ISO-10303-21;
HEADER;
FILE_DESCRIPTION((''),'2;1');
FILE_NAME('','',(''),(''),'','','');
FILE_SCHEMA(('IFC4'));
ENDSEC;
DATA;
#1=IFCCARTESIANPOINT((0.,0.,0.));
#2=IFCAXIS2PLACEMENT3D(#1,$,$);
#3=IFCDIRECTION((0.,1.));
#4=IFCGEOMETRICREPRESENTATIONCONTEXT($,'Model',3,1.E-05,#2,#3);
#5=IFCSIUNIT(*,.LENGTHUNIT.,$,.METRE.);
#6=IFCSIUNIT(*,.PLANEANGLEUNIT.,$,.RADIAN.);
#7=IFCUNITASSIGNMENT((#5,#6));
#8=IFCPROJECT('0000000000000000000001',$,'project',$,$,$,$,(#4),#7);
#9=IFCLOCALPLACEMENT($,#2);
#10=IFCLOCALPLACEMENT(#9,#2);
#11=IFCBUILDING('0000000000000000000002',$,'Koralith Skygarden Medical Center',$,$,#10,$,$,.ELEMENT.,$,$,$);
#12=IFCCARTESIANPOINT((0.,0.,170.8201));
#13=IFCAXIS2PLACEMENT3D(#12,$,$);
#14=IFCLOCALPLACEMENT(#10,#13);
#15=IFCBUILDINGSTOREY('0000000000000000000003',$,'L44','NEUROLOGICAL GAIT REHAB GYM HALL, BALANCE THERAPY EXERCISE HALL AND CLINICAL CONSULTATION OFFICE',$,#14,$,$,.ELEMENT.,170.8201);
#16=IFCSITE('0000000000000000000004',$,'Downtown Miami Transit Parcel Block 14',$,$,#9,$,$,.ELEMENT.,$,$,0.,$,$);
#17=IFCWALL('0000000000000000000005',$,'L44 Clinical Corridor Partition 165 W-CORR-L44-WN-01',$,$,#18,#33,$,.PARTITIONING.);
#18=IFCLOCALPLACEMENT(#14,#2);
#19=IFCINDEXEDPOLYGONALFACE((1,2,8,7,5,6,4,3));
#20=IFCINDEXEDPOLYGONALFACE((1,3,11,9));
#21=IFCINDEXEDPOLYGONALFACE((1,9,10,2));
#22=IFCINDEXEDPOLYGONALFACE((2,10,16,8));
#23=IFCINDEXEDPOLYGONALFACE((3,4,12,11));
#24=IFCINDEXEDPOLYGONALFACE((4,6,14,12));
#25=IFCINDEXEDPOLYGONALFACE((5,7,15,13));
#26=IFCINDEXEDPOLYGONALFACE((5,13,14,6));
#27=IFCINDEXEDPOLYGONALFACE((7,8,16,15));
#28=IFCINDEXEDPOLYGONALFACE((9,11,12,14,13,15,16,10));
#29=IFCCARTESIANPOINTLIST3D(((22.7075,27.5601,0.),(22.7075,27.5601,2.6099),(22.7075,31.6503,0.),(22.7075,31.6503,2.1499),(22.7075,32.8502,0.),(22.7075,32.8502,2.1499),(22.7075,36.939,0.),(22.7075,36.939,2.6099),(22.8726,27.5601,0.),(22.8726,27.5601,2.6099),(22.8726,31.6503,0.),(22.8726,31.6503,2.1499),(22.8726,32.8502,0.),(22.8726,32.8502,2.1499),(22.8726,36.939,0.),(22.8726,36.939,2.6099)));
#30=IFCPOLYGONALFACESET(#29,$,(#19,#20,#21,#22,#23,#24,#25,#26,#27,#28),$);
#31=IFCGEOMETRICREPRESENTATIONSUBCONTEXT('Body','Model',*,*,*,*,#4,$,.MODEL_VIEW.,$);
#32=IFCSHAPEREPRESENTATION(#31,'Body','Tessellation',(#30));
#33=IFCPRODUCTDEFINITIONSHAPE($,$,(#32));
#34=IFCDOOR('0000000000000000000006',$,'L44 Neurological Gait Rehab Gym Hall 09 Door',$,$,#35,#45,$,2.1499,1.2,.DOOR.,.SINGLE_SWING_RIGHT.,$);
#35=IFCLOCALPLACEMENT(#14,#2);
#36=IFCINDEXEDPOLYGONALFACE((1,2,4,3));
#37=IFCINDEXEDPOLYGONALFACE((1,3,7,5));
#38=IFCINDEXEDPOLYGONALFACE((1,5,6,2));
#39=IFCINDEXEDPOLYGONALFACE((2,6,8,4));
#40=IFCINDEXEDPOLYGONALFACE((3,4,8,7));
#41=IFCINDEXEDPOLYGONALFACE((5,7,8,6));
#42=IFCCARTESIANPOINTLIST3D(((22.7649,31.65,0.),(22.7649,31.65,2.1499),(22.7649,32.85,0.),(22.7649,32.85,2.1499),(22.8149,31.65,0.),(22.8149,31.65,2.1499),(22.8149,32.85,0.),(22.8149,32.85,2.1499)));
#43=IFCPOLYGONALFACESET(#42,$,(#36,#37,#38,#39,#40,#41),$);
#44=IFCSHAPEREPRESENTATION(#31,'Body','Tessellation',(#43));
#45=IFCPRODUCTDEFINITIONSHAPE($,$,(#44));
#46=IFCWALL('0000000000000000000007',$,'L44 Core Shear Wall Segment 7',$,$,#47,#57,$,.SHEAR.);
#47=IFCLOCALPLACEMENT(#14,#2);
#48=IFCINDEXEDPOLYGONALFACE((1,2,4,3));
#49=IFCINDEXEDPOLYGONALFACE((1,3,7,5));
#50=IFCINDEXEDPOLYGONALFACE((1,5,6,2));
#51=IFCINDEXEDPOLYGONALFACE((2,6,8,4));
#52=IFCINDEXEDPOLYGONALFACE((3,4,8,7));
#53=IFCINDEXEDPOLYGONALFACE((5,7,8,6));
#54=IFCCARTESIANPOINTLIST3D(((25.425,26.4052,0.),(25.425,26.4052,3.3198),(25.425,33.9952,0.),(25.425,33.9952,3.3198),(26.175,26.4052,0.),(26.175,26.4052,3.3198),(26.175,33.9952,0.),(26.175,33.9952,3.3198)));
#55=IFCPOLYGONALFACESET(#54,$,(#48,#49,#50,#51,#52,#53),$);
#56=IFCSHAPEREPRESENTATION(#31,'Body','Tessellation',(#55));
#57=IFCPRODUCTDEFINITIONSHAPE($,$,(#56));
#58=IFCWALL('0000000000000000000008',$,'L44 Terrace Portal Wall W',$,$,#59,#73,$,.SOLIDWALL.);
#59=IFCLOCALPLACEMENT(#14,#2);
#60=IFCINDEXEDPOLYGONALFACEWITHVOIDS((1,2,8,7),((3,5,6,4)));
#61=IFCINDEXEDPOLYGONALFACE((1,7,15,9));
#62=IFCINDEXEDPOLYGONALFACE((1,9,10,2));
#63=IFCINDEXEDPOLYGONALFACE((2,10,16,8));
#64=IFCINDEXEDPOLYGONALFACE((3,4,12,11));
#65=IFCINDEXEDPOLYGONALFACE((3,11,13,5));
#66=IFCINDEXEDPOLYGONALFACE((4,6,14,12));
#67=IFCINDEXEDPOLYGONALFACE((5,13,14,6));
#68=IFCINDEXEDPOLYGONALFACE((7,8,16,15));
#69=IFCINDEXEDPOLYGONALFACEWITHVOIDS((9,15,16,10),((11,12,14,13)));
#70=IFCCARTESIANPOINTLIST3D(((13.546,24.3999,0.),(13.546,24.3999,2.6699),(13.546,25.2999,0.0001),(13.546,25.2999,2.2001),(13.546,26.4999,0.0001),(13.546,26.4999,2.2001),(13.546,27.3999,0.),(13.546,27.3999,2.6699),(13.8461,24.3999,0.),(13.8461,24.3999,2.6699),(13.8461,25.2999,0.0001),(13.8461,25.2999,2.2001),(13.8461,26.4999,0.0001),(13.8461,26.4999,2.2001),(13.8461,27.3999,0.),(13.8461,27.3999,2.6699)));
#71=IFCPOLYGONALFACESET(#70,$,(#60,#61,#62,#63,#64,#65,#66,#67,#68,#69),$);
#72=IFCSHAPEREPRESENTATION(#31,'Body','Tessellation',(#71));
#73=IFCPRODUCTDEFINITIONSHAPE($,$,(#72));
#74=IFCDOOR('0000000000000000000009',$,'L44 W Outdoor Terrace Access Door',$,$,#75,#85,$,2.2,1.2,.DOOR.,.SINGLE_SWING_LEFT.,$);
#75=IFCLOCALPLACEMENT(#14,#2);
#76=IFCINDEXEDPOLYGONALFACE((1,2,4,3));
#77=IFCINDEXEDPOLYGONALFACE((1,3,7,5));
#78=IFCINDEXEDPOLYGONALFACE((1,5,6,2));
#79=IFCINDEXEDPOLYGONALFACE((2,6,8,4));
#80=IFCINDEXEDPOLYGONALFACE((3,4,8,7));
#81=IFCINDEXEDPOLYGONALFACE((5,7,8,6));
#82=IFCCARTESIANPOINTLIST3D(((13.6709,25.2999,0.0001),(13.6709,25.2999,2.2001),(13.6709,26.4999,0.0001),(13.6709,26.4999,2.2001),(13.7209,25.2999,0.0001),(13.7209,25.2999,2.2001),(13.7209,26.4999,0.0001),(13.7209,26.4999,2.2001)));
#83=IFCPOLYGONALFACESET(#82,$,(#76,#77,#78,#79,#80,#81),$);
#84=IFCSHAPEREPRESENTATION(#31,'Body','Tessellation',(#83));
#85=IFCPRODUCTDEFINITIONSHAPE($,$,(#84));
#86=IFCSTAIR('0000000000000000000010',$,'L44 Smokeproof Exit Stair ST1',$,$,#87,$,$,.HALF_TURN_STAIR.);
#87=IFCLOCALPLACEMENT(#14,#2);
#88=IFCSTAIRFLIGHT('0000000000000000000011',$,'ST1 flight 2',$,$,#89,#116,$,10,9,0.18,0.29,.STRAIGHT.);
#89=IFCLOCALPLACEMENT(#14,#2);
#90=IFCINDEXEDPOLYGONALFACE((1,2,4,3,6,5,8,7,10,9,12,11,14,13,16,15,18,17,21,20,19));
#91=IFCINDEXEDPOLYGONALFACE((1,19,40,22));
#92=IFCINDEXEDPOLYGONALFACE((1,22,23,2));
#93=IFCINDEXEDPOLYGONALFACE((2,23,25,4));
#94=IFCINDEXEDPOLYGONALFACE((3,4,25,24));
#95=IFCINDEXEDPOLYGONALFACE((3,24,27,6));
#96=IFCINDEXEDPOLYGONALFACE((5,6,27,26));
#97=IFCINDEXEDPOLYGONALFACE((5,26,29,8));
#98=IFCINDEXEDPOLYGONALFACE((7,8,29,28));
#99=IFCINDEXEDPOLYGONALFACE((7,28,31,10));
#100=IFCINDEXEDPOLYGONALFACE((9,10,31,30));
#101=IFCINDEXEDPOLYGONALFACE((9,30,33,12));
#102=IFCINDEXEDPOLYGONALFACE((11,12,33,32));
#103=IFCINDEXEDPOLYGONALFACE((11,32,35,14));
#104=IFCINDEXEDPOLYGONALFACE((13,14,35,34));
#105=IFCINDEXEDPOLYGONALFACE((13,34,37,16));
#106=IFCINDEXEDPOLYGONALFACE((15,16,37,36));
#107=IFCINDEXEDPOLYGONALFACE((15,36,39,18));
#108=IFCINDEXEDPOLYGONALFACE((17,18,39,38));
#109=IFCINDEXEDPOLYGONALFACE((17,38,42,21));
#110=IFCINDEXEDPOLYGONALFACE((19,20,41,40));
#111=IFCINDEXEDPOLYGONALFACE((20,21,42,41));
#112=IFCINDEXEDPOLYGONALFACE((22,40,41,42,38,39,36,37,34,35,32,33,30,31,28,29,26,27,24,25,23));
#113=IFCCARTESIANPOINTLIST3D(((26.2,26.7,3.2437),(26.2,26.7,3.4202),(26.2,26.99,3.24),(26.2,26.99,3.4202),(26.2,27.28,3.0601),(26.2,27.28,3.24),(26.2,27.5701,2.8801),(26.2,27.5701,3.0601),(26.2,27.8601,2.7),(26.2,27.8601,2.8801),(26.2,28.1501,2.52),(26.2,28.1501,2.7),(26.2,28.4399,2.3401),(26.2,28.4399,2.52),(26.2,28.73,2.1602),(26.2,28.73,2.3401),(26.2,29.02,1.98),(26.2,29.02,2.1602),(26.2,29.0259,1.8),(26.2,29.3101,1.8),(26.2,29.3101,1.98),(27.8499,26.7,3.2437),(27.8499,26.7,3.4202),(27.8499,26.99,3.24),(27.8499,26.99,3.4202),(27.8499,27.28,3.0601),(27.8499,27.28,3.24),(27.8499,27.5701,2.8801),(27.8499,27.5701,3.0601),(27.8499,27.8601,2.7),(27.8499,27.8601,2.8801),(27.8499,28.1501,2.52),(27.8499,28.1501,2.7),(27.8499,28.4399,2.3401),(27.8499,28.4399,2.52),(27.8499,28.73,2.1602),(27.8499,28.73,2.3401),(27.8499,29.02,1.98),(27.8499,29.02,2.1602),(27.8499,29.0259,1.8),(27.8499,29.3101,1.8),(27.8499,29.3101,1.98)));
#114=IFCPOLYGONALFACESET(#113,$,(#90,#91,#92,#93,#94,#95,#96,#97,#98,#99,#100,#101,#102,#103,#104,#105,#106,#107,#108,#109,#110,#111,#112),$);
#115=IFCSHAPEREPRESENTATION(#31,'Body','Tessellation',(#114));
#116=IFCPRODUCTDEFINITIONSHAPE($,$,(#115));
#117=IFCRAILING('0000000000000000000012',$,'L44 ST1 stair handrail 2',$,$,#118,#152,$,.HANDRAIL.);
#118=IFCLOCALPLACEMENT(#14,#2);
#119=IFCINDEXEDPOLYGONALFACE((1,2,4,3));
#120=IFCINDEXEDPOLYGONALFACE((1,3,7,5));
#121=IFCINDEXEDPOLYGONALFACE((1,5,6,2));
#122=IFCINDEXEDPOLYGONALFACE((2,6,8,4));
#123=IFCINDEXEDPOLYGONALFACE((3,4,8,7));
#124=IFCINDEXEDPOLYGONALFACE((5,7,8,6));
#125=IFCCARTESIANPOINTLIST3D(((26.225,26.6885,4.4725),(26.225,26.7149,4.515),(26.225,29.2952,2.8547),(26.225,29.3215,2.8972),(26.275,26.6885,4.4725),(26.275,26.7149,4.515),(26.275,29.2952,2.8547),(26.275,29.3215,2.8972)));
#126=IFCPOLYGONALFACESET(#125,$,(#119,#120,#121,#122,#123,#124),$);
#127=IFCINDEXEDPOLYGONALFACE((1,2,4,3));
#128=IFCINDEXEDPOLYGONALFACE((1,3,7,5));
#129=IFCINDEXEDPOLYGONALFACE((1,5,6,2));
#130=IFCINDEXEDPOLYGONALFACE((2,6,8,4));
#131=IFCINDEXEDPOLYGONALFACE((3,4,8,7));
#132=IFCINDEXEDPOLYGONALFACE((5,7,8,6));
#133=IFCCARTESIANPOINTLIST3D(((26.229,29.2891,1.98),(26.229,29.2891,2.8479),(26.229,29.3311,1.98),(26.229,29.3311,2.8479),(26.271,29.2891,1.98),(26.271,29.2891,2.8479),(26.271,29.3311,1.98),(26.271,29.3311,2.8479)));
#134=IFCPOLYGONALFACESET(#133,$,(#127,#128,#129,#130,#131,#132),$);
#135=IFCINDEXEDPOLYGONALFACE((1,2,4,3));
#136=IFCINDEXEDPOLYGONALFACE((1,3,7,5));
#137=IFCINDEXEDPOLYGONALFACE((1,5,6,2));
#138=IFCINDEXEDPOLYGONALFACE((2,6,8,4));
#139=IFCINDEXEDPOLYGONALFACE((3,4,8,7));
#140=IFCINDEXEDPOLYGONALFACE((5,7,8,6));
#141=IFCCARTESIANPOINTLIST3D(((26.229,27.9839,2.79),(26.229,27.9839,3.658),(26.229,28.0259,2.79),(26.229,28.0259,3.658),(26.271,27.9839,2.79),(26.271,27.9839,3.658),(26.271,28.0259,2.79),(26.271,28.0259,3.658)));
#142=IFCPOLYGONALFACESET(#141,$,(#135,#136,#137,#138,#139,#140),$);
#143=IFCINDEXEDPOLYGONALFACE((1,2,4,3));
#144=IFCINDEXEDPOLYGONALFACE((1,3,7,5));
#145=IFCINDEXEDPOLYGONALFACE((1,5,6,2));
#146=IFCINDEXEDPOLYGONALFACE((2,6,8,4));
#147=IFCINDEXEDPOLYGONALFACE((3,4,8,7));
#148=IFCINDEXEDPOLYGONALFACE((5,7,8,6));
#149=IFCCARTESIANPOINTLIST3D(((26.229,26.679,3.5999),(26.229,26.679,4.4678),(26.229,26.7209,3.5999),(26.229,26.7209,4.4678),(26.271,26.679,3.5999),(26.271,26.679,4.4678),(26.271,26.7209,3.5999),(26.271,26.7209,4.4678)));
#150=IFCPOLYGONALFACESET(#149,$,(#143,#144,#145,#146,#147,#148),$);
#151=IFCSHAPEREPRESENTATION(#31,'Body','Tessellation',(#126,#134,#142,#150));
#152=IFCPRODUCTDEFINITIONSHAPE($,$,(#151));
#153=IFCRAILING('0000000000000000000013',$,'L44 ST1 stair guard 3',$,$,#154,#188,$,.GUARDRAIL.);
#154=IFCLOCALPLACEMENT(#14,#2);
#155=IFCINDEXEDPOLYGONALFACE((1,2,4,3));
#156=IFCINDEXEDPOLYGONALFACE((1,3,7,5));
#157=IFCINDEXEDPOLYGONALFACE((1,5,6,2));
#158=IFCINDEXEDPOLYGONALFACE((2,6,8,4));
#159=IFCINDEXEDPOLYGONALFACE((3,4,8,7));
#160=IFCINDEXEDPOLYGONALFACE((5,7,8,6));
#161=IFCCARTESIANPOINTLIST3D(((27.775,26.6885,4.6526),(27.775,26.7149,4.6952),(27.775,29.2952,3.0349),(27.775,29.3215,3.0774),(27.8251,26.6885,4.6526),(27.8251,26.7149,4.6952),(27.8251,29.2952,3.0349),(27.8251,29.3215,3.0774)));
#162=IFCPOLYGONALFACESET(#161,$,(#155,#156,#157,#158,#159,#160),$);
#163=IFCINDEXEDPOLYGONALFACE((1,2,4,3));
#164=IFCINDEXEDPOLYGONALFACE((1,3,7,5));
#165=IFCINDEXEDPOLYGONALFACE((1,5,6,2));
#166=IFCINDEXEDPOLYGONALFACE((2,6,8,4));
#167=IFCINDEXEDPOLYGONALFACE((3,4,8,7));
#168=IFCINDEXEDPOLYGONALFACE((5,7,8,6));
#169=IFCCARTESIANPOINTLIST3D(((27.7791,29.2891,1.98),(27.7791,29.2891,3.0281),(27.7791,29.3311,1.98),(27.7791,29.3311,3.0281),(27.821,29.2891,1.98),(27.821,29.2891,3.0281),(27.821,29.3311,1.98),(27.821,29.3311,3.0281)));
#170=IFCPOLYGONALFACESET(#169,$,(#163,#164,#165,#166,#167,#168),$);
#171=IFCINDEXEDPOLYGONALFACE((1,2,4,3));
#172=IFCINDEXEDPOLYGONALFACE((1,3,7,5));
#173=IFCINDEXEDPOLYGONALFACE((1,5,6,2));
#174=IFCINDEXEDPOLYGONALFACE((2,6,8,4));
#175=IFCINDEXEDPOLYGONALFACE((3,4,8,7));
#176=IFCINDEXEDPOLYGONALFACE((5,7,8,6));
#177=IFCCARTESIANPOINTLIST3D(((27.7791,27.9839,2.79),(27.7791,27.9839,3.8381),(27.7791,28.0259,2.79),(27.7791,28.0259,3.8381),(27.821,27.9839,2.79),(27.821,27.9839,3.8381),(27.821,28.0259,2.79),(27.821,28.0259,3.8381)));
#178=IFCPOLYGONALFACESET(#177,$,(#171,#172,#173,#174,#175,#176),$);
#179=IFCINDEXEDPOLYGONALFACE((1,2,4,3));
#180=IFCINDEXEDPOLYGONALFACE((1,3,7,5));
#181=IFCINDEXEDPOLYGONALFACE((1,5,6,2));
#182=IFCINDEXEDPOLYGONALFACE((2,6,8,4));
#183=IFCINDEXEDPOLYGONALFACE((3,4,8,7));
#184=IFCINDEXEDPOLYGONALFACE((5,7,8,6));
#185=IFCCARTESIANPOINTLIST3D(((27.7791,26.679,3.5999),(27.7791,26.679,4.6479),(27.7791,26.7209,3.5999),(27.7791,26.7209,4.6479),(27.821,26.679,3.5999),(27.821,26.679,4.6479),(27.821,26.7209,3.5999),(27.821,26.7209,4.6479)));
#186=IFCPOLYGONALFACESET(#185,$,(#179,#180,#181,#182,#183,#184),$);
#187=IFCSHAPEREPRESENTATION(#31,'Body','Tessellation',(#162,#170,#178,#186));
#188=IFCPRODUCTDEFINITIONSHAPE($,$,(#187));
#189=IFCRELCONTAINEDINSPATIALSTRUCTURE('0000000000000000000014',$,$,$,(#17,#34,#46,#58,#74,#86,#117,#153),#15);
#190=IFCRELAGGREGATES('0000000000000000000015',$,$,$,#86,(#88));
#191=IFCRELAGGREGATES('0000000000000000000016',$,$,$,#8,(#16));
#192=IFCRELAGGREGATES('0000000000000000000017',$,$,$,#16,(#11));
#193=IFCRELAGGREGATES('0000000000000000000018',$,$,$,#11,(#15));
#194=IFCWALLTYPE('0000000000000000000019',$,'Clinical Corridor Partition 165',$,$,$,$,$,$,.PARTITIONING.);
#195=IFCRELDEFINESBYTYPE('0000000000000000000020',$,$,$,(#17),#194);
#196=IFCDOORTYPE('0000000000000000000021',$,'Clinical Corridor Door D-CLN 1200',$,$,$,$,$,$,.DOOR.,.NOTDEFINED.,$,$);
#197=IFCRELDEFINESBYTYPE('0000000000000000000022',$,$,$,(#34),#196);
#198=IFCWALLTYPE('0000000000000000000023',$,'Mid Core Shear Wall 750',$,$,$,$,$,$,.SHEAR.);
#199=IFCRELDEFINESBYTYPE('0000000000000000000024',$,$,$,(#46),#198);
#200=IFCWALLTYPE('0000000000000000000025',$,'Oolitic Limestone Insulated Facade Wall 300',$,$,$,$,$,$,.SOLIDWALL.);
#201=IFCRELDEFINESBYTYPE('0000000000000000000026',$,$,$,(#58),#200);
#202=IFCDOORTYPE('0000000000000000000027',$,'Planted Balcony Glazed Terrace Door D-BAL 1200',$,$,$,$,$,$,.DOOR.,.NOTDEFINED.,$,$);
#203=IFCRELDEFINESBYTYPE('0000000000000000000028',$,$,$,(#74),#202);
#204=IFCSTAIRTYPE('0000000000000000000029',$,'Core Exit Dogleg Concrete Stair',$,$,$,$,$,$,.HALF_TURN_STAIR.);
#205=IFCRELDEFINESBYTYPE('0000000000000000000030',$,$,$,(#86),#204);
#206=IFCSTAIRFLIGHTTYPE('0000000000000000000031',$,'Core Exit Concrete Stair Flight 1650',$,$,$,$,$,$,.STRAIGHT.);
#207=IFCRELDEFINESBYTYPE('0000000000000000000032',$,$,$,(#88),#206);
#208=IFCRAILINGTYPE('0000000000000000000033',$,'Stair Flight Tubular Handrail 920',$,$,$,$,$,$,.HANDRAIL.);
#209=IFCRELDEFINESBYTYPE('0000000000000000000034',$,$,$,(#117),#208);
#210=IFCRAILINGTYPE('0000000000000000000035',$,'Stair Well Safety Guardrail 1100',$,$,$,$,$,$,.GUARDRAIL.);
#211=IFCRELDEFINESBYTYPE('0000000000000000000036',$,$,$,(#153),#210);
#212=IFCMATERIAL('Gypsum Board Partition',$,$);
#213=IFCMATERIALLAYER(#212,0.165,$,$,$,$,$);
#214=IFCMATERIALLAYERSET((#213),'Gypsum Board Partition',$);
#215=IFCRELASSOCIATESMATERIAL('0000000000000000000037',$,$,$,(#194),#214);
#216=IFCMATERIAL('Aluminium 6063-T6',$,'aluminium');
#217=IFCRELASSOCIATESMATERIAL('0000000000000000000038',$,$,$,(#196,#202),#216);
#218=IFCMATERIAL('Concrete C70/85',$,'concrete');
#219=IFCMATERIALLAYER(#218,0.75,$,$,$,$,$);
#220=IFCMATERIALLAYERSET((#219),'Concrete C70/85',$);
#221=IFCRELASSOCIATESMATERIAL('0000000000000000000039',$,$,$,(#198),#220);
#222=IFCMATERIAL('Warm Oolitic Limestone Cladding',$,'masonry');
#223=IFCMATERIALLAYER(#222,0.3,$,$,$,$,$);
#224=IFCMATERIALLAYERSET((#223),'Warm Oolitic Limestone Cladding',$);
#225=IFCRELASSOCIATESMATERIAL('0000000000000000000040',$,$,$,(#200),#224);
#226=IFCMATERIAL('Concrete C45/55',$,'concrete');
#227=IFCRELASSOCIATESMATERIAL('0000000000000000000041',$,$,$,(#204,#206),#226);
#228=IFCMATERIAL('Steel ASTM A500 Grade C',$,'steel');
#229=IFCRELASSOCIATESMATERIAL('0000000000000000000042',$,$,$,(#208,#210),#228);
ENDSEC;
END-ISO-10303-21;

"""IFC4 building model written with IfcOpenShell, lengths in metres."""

from ifc_helpers import new_model, si_unit, direction, frame, frame_2d, origin, origin_2d, place, context, subcontext, project, spatial, polyline, rectangle, outline, extrude, material, layer, layer_set, type_object, element, fill, aggregate, save


model = new_model("IFC4")

# Units and contexts
model_context = context("Model", 3, precision=1e-05, world=origin(), true_north=direction((0.0, 1.0)))
body_context = subcontext(model_context, "Body", "Model", "MODEL_VIEW")
ifc_project = project(units=[si_unit("LENGTHUNIT", "METRE"), si_unit("PLANEANGLEUNIT", "RADIAN")], contexts=[model_context])

# Site, building, storey
site_placement = place(None, origin())
site = spatial("IfcSite", under=ifc_project, at=site_placement, Name="Downtown Miami Transit Parcel Block 14", CompositionType="ELEMENT", RefElevation=0.0)
building_placement = place(site_placement, origin())
building = spatial("IfcBuilding", under=site, at=building_placement, Name="Koralith Skygarden Medical Center", CompositionType="ELEMENT")
storey_placement = place(building_placement, frame((0.0, 0.0, 170.8201)))
storey = spatial("IfcBuildingStorey", under=building, at=storey_placement, Name="L44", Description="NEUROLOGICAL GAIT REHAB GYM HALL, BALANCE THERAPY EXERCISE HALL AND CLINICAL CONSULTATION OFFICE", CompositionType="ELEMENT", Elevation=170.8201)

# Shared definitions
ifc_material_1 = material(Name="Concrete C70/85", Category="concrete")

# Shared definitions
ifc_material_2 = material(Name="Aluminium 6063-T6", Category="aluminium")

# Shared definitions
ifc_material_3 = material(Name="Concrete C45/55", Category="concrete")

# Shared definitions
ifc_material_4 = material(Name="Gypsum Board Partition")
ifc_layer_1 = layer(ifc_material_4, 0.165)
ifc_layer_set_1 = layer_set([ifc_layer_1], Name="Gypsum Board Partition")
wall_type_1 = type_object("IfcWallType", Name="Clinical Corridor Partition 165", PredefinedType="PARTITIONING", material=ifc_layer_set_1)

# Wall, opening, door
wall_1_placement = place(storey_placement, frame((22.79, 27.5601, 0.0), z_axis=(0.0, 0.0, 1.0), x_axis=(0.0, 1.0, 0.0)))
wall_1 = element("IfcWall", 1, at=wall_1_placement, inside=storey, type_object=wall_type_1, Name="L44 Clinical Corridor Partition 165 W-CORR-L44-WN-01", PredefinedType="PARTITIONING", context=body_context, shape_type="SweptSolid", body=[
    extrude(rectangle(XDim=9.3789, YDim=0.165, at=frame_2d((4.6895, 0.0))), origin(), (0.0, 0.0, 1.0), 2.6099),
])
opening_1_placement = place(wall_1_placement, frame((4.0901, 0.0, 0.0)))
opening_1 = element("IfcOpeningElement", 2, at=opening_1_placement, cuts=wall_1, PredefinedType="OPENING", context=body_context, shape_type="SweptSolid", body=[
    extrude(rectangle(XDim=1.2, YDim=2.1499, at=frame_2d((0.6001, 1.075))), frame((0.0, 0.0925, 0.0), z_axis=(0.0, -1.0, 0.0), x_axis=(1.0, 0.0, 0.0)), (0.0, 0.0, 1.0), 0.1851),
])
door_type_1 = type_object("IfcDoorType", Name="Clinical Corridor Door D-CLN 1200", OperationType="NOTDEFINED", PredefinedType="DOOR", material=ifc_material_2)
door_1_placement = place(opening_1_placement, frame((1.2, 0.0, 0.0), z_axis=(0.0, 0.0, 1.0), x_axis=(-1.0, 0.0, 0.0)))
door_1 = element("IfcDoor", 3, at=door_1_placement, inside=storey, type_object=door_type_1, Name="L44 Neurological Gait Rehab Gym Hall 09 Door", OperationType="SINGLE_SWING_RIGHT", OverallHeight=2.1499, OverallWidth=1.2, PredefinedType="DOOR", context=body_context, shape_type="SweptSolid", body=[
    extrude(rectangle(XDim=1.2, YDim=2.1499, at=frame_2d((0.6001, 1.075))), frame((0.0, 0.0249, 0.0), z_axis=(0.0, -1.0, 0.0), x_axis=(1.0, 0.0, 0.0)), (0.0, 0.0, 1.0), 0.05),
])
fill(opening_1, door_1)

# Wall
ifc_layer_2 = layer(ifc_material_1, 0.75)
ifc_layer_set_2 = layer_set([ifc_layer_2], Name="Concrete C70/85")
wall_type_2 = type_object("IfcWallType", Name="Mid Core Shear Wall 750", PredefinedType="SHEAR", material=ifc_layer_set_2)
wall_2_placement = place(storey_placement, frame((25.8, 33.9951, 0.0), z_axis=(0.0, 0.0, 1.0), x_axis=(0.0, -1.0, 0.0)))
element("IfcWall", 4, at=wall_2_placement, inside=storey, type_object=wall_type_2, Name="L44 Core Shear Wall Segment 7", PredefinedType="SHEAR", context=body_context, shape_type="SweptSolid", body=[
    extrude(rectangle(XDim=7.5901, YDim=0.75, at=frame_2d((3.7949, 0.0))), origin(), (0.0, 0.0, 1.0), 3.3198),
])

# Wall, opening, door
ifc_material_5 = material(Name="Warm Oolitic Limestone Cladding", Category="masonry")
ifc_layer_3 = layer(ifc_material_5, 0.3)
ifc_layer_set_3 = layer_set([ifc_layer_3], Name="Warm Oolitic Limestone Cladding")
wall_type_3 = type_object("IfcWallType", Name="Oolitic Limestone Insulated Facade Wall 300", PredefinedType="SOLIDWALL", material=ifc_layer_set_3)
wall_3_placement = place(storey_placement, frame((13.696, 27.3999, 0.0), z_axis=(0.0, 0.0, 1.0), x_axis=(0.0, -1.0, 0.0)))
wall_3 = element("IfcWall", 5, at=wall_3_placement, inside=storey, type_object=wall_type_3, Name="L44 Terrace Portal Wall W", PredefinedType="SOLIDWALL", context=body_context, shape_type="SweptSolid", body=[
    extrude(rectangle(XDim=3.0, YDim=0.3, at=frame_2d((1.5, 0.0))), origin(), (0.0, 0.0, 1.0), 2.6699),
])
opening_2_placement = place(wall_3_placement, frame((0.8999, 0.0, 0.0)))
opening_2 = element("IfcOpeningElement", 6, at=opening_2_placement, cuts=wall_3, PredefinedType="OPENING", context=body_context, shape_type="SweptSolid", body=[
    extrude(rectangle(XDim=1.2, YDim=2.2, at=frame_2d((0.6001, 1.1001))), frame((0.0, 0.1599, 0.0), z_axis=(0.0, -1.0, 0.0), x_axis=(1.0, 0.0, 0.0)), (0.0, 0.0, 1.0), 0.3201),
])
door_type_2 = type_object("IfcDoorType", Name="Planted Balcony Glazed Terrace Door D-BAL 1200", OperationType="NOTDEFINED", PredefinedType="DOOR", material=ifc_material_2)
door_2_placement = place(opening_2_placement, origin())
door_2 = element("IfcDoor", 7, at=door_2_placement, inside=storey, type_object=door_type_2, Name="L44 W Outdoor Terrace Access Door", OperationType="SINGLE_SWING_LEFT", OverallHeight=2.2, OverallWidth=1.2, PredefinedType="DOOR", context=body_context, shape_type="SweptSolid", body=[
    extrude(rectangle(XDim=1.2, YDim=2.2, at=frame_2d((0.6001, 1.1001))), frame((0.0, 0.0249, 0.0), z_axis=(0.0, -1.0, 0.0), x_axis=(1.0, 0.0, 0.0)), (0.0, 0.0, 1.0), 0.05),
])
fill(opening_2, door_2)

# Stair, stair flight
stair_type = type_object("IfcStairType", Name="Core Exit Dogleg Concrete Stair", PredefinedType="HALF_TURN_STAIR", material=ifc_material_3)
stair_placement = place(storey_placement, origin())
stair = element("IfcStair", 8, at=stair_placement, inside=storey, type_object=stair_type, Name="L44 Smokeproof Exit Stair ST1", PredefinedType="HALF_TURN_STAIR")
stair_flight_type = type_object("IfcStairFlightType", Name="Core Exit Concrete Stair Flight 1650", PredefinedType="STRAIGHT", material=ifc_material_3)
stair_flight_placement = place(storey_placement, frame((27.0249, 29.3101, 1.8), z_axis=(0.0, 0.0, 1.0), x_axis=(0.0, -1.0, 0.0)))
stair_flight = element("IfcStairFlight", 9, at=stair_flight_placement, type_object=stair_flight_type, Name="ST1 flight 2", NumberOfRisers=10, NumberOfTreads=9, PredefinedType="STRAIGHT", RiserHeight=0.18, TreadLength=0.29, context=body_context, shape_type="SweptSolid", body=[
    extrude(outline(polyline([(0.0, 0.0), (0.0, 0.1799), (0.29, 0.1799), (0.29, 0.3601), (0.5801, 0.3601), (0.5801, 0.54), (0.8701, 0.54), (0.8701, 0.72), (1.1599, 0.72), (1.1599, 0.8999), (1.45, 0.8999), (1.45, 1.0801), (1.74, 1.0801), (1.74, 1.26), (2.03, 1.26), (2.03, 1.4399), (2.3201, 1.4399), (2.3201, 1.6201), (2.6101, 1.6201), (2.6101, 1.8), (2.6101, 1.4436), (0.2842, 0.0), (0.0, 0.0)])), frame((0.0, 0.825, 0.0), z_axis=(0.0, -1.0, 0.0), x_axis=(1.0, 0.0, 0.0)), (0.0, 0.0, 1.0), 1.6499),
])
aggregate(stair, [stair_flight])

# Railings
ifc_material_6 = material(Name="Steel ASTM A500 Grade C", Category="steel")
railing_type_1 = type_object("IfcRailingType", Name="Stair Flight Tubular Handrail 920", PredefinedType="HANDRAIL", material=ifc_material_6)
railing_1_placement = place(storey_placement, frame((26.25, 29.3101, 1.98)))
element("IfcRailing", 10, at=railing_1_placement, inside=storey, type_object=railing_type_1, Name="L44 ST1 stair handrail 2", PredefinedType="HANDRAIL", context=body_context, shape_type="SweptSolid", body=[
    extrude(rectangle(XDim=0.05, YDim=0.05, at=origin_2d()), frame((0.0, -0.0017, 0.896), z_axis=(0.0, -0.849668, 0.527317), x_axis=(1.0, 0.0, 0.0)), (0.0, 0.0, 1.0), 3.0679),
    extrude(rectangle(XDim=0.042, YDim=0.042, at=origin_2d()), origin(), (0.0, 0.0, 1.0), 0.8679),
    extrude(rectangle(XDim=0.042, YDim=0.042, at=origin_2d()), frame((0.0, -1.3052, 0.8101)), (0.0, 0.0, 1.0), 0.8679),
    extrude(rectangle(XDim=0.042, YDim=0.042, at=origin_2d()), frame((0.0, -2.6101, 1.6199)), (0.0, 0.0, 1.0), 0.8679),
])
railing_type_2 = type_object("IfcRailingType", Name="Stair Well Safety Guardrail 1100", PredefinedType="GUARDRAIL", material=ifc_material_6)
railing_2_placement = place(storey_placement, frame((27.8, 29.3101, 1.98)))
element("IfcRailing", 11, at=railing_2_placement, inside=storey, type_object=railing_type_2, Name="L44 ST1 stair guard 3", PredefinedType="GUARDRAIL", context=body_context, shape_type="SweptSolid", body=[
    extrude(rectangle(XDim=0.05, YDim=0.05, at=origin_2d()), frame((0.0, -0.0017, 1.0762), z_axis=(0.0, -0.849668, 0.527317), x_axis=(1.0, 0.0, 0.0)), (0.0, 0.0, 1.0), 3.0679),
    extrude(rectangle(XDim=0.042, YDim=0.042, at=origin_2d()), origin(), (0.0, 0.0, 1.0), 1.0481),
    extrude(rectangle(XDim=0.042, YDim=0.042, at=origin_2d()), frame((0.0, -1.3052, 0.8101)), (0.0, 0.0, 1.0), 1.0481),
    extrude(rectangle(XDim=0.042, YDim=0.042, at=origin_2d()), frame((0.0, -2.6101, 1.6199)), (0.0, 0.0, 1.0), 1.0481),
])

save(model, "model.ifc")
